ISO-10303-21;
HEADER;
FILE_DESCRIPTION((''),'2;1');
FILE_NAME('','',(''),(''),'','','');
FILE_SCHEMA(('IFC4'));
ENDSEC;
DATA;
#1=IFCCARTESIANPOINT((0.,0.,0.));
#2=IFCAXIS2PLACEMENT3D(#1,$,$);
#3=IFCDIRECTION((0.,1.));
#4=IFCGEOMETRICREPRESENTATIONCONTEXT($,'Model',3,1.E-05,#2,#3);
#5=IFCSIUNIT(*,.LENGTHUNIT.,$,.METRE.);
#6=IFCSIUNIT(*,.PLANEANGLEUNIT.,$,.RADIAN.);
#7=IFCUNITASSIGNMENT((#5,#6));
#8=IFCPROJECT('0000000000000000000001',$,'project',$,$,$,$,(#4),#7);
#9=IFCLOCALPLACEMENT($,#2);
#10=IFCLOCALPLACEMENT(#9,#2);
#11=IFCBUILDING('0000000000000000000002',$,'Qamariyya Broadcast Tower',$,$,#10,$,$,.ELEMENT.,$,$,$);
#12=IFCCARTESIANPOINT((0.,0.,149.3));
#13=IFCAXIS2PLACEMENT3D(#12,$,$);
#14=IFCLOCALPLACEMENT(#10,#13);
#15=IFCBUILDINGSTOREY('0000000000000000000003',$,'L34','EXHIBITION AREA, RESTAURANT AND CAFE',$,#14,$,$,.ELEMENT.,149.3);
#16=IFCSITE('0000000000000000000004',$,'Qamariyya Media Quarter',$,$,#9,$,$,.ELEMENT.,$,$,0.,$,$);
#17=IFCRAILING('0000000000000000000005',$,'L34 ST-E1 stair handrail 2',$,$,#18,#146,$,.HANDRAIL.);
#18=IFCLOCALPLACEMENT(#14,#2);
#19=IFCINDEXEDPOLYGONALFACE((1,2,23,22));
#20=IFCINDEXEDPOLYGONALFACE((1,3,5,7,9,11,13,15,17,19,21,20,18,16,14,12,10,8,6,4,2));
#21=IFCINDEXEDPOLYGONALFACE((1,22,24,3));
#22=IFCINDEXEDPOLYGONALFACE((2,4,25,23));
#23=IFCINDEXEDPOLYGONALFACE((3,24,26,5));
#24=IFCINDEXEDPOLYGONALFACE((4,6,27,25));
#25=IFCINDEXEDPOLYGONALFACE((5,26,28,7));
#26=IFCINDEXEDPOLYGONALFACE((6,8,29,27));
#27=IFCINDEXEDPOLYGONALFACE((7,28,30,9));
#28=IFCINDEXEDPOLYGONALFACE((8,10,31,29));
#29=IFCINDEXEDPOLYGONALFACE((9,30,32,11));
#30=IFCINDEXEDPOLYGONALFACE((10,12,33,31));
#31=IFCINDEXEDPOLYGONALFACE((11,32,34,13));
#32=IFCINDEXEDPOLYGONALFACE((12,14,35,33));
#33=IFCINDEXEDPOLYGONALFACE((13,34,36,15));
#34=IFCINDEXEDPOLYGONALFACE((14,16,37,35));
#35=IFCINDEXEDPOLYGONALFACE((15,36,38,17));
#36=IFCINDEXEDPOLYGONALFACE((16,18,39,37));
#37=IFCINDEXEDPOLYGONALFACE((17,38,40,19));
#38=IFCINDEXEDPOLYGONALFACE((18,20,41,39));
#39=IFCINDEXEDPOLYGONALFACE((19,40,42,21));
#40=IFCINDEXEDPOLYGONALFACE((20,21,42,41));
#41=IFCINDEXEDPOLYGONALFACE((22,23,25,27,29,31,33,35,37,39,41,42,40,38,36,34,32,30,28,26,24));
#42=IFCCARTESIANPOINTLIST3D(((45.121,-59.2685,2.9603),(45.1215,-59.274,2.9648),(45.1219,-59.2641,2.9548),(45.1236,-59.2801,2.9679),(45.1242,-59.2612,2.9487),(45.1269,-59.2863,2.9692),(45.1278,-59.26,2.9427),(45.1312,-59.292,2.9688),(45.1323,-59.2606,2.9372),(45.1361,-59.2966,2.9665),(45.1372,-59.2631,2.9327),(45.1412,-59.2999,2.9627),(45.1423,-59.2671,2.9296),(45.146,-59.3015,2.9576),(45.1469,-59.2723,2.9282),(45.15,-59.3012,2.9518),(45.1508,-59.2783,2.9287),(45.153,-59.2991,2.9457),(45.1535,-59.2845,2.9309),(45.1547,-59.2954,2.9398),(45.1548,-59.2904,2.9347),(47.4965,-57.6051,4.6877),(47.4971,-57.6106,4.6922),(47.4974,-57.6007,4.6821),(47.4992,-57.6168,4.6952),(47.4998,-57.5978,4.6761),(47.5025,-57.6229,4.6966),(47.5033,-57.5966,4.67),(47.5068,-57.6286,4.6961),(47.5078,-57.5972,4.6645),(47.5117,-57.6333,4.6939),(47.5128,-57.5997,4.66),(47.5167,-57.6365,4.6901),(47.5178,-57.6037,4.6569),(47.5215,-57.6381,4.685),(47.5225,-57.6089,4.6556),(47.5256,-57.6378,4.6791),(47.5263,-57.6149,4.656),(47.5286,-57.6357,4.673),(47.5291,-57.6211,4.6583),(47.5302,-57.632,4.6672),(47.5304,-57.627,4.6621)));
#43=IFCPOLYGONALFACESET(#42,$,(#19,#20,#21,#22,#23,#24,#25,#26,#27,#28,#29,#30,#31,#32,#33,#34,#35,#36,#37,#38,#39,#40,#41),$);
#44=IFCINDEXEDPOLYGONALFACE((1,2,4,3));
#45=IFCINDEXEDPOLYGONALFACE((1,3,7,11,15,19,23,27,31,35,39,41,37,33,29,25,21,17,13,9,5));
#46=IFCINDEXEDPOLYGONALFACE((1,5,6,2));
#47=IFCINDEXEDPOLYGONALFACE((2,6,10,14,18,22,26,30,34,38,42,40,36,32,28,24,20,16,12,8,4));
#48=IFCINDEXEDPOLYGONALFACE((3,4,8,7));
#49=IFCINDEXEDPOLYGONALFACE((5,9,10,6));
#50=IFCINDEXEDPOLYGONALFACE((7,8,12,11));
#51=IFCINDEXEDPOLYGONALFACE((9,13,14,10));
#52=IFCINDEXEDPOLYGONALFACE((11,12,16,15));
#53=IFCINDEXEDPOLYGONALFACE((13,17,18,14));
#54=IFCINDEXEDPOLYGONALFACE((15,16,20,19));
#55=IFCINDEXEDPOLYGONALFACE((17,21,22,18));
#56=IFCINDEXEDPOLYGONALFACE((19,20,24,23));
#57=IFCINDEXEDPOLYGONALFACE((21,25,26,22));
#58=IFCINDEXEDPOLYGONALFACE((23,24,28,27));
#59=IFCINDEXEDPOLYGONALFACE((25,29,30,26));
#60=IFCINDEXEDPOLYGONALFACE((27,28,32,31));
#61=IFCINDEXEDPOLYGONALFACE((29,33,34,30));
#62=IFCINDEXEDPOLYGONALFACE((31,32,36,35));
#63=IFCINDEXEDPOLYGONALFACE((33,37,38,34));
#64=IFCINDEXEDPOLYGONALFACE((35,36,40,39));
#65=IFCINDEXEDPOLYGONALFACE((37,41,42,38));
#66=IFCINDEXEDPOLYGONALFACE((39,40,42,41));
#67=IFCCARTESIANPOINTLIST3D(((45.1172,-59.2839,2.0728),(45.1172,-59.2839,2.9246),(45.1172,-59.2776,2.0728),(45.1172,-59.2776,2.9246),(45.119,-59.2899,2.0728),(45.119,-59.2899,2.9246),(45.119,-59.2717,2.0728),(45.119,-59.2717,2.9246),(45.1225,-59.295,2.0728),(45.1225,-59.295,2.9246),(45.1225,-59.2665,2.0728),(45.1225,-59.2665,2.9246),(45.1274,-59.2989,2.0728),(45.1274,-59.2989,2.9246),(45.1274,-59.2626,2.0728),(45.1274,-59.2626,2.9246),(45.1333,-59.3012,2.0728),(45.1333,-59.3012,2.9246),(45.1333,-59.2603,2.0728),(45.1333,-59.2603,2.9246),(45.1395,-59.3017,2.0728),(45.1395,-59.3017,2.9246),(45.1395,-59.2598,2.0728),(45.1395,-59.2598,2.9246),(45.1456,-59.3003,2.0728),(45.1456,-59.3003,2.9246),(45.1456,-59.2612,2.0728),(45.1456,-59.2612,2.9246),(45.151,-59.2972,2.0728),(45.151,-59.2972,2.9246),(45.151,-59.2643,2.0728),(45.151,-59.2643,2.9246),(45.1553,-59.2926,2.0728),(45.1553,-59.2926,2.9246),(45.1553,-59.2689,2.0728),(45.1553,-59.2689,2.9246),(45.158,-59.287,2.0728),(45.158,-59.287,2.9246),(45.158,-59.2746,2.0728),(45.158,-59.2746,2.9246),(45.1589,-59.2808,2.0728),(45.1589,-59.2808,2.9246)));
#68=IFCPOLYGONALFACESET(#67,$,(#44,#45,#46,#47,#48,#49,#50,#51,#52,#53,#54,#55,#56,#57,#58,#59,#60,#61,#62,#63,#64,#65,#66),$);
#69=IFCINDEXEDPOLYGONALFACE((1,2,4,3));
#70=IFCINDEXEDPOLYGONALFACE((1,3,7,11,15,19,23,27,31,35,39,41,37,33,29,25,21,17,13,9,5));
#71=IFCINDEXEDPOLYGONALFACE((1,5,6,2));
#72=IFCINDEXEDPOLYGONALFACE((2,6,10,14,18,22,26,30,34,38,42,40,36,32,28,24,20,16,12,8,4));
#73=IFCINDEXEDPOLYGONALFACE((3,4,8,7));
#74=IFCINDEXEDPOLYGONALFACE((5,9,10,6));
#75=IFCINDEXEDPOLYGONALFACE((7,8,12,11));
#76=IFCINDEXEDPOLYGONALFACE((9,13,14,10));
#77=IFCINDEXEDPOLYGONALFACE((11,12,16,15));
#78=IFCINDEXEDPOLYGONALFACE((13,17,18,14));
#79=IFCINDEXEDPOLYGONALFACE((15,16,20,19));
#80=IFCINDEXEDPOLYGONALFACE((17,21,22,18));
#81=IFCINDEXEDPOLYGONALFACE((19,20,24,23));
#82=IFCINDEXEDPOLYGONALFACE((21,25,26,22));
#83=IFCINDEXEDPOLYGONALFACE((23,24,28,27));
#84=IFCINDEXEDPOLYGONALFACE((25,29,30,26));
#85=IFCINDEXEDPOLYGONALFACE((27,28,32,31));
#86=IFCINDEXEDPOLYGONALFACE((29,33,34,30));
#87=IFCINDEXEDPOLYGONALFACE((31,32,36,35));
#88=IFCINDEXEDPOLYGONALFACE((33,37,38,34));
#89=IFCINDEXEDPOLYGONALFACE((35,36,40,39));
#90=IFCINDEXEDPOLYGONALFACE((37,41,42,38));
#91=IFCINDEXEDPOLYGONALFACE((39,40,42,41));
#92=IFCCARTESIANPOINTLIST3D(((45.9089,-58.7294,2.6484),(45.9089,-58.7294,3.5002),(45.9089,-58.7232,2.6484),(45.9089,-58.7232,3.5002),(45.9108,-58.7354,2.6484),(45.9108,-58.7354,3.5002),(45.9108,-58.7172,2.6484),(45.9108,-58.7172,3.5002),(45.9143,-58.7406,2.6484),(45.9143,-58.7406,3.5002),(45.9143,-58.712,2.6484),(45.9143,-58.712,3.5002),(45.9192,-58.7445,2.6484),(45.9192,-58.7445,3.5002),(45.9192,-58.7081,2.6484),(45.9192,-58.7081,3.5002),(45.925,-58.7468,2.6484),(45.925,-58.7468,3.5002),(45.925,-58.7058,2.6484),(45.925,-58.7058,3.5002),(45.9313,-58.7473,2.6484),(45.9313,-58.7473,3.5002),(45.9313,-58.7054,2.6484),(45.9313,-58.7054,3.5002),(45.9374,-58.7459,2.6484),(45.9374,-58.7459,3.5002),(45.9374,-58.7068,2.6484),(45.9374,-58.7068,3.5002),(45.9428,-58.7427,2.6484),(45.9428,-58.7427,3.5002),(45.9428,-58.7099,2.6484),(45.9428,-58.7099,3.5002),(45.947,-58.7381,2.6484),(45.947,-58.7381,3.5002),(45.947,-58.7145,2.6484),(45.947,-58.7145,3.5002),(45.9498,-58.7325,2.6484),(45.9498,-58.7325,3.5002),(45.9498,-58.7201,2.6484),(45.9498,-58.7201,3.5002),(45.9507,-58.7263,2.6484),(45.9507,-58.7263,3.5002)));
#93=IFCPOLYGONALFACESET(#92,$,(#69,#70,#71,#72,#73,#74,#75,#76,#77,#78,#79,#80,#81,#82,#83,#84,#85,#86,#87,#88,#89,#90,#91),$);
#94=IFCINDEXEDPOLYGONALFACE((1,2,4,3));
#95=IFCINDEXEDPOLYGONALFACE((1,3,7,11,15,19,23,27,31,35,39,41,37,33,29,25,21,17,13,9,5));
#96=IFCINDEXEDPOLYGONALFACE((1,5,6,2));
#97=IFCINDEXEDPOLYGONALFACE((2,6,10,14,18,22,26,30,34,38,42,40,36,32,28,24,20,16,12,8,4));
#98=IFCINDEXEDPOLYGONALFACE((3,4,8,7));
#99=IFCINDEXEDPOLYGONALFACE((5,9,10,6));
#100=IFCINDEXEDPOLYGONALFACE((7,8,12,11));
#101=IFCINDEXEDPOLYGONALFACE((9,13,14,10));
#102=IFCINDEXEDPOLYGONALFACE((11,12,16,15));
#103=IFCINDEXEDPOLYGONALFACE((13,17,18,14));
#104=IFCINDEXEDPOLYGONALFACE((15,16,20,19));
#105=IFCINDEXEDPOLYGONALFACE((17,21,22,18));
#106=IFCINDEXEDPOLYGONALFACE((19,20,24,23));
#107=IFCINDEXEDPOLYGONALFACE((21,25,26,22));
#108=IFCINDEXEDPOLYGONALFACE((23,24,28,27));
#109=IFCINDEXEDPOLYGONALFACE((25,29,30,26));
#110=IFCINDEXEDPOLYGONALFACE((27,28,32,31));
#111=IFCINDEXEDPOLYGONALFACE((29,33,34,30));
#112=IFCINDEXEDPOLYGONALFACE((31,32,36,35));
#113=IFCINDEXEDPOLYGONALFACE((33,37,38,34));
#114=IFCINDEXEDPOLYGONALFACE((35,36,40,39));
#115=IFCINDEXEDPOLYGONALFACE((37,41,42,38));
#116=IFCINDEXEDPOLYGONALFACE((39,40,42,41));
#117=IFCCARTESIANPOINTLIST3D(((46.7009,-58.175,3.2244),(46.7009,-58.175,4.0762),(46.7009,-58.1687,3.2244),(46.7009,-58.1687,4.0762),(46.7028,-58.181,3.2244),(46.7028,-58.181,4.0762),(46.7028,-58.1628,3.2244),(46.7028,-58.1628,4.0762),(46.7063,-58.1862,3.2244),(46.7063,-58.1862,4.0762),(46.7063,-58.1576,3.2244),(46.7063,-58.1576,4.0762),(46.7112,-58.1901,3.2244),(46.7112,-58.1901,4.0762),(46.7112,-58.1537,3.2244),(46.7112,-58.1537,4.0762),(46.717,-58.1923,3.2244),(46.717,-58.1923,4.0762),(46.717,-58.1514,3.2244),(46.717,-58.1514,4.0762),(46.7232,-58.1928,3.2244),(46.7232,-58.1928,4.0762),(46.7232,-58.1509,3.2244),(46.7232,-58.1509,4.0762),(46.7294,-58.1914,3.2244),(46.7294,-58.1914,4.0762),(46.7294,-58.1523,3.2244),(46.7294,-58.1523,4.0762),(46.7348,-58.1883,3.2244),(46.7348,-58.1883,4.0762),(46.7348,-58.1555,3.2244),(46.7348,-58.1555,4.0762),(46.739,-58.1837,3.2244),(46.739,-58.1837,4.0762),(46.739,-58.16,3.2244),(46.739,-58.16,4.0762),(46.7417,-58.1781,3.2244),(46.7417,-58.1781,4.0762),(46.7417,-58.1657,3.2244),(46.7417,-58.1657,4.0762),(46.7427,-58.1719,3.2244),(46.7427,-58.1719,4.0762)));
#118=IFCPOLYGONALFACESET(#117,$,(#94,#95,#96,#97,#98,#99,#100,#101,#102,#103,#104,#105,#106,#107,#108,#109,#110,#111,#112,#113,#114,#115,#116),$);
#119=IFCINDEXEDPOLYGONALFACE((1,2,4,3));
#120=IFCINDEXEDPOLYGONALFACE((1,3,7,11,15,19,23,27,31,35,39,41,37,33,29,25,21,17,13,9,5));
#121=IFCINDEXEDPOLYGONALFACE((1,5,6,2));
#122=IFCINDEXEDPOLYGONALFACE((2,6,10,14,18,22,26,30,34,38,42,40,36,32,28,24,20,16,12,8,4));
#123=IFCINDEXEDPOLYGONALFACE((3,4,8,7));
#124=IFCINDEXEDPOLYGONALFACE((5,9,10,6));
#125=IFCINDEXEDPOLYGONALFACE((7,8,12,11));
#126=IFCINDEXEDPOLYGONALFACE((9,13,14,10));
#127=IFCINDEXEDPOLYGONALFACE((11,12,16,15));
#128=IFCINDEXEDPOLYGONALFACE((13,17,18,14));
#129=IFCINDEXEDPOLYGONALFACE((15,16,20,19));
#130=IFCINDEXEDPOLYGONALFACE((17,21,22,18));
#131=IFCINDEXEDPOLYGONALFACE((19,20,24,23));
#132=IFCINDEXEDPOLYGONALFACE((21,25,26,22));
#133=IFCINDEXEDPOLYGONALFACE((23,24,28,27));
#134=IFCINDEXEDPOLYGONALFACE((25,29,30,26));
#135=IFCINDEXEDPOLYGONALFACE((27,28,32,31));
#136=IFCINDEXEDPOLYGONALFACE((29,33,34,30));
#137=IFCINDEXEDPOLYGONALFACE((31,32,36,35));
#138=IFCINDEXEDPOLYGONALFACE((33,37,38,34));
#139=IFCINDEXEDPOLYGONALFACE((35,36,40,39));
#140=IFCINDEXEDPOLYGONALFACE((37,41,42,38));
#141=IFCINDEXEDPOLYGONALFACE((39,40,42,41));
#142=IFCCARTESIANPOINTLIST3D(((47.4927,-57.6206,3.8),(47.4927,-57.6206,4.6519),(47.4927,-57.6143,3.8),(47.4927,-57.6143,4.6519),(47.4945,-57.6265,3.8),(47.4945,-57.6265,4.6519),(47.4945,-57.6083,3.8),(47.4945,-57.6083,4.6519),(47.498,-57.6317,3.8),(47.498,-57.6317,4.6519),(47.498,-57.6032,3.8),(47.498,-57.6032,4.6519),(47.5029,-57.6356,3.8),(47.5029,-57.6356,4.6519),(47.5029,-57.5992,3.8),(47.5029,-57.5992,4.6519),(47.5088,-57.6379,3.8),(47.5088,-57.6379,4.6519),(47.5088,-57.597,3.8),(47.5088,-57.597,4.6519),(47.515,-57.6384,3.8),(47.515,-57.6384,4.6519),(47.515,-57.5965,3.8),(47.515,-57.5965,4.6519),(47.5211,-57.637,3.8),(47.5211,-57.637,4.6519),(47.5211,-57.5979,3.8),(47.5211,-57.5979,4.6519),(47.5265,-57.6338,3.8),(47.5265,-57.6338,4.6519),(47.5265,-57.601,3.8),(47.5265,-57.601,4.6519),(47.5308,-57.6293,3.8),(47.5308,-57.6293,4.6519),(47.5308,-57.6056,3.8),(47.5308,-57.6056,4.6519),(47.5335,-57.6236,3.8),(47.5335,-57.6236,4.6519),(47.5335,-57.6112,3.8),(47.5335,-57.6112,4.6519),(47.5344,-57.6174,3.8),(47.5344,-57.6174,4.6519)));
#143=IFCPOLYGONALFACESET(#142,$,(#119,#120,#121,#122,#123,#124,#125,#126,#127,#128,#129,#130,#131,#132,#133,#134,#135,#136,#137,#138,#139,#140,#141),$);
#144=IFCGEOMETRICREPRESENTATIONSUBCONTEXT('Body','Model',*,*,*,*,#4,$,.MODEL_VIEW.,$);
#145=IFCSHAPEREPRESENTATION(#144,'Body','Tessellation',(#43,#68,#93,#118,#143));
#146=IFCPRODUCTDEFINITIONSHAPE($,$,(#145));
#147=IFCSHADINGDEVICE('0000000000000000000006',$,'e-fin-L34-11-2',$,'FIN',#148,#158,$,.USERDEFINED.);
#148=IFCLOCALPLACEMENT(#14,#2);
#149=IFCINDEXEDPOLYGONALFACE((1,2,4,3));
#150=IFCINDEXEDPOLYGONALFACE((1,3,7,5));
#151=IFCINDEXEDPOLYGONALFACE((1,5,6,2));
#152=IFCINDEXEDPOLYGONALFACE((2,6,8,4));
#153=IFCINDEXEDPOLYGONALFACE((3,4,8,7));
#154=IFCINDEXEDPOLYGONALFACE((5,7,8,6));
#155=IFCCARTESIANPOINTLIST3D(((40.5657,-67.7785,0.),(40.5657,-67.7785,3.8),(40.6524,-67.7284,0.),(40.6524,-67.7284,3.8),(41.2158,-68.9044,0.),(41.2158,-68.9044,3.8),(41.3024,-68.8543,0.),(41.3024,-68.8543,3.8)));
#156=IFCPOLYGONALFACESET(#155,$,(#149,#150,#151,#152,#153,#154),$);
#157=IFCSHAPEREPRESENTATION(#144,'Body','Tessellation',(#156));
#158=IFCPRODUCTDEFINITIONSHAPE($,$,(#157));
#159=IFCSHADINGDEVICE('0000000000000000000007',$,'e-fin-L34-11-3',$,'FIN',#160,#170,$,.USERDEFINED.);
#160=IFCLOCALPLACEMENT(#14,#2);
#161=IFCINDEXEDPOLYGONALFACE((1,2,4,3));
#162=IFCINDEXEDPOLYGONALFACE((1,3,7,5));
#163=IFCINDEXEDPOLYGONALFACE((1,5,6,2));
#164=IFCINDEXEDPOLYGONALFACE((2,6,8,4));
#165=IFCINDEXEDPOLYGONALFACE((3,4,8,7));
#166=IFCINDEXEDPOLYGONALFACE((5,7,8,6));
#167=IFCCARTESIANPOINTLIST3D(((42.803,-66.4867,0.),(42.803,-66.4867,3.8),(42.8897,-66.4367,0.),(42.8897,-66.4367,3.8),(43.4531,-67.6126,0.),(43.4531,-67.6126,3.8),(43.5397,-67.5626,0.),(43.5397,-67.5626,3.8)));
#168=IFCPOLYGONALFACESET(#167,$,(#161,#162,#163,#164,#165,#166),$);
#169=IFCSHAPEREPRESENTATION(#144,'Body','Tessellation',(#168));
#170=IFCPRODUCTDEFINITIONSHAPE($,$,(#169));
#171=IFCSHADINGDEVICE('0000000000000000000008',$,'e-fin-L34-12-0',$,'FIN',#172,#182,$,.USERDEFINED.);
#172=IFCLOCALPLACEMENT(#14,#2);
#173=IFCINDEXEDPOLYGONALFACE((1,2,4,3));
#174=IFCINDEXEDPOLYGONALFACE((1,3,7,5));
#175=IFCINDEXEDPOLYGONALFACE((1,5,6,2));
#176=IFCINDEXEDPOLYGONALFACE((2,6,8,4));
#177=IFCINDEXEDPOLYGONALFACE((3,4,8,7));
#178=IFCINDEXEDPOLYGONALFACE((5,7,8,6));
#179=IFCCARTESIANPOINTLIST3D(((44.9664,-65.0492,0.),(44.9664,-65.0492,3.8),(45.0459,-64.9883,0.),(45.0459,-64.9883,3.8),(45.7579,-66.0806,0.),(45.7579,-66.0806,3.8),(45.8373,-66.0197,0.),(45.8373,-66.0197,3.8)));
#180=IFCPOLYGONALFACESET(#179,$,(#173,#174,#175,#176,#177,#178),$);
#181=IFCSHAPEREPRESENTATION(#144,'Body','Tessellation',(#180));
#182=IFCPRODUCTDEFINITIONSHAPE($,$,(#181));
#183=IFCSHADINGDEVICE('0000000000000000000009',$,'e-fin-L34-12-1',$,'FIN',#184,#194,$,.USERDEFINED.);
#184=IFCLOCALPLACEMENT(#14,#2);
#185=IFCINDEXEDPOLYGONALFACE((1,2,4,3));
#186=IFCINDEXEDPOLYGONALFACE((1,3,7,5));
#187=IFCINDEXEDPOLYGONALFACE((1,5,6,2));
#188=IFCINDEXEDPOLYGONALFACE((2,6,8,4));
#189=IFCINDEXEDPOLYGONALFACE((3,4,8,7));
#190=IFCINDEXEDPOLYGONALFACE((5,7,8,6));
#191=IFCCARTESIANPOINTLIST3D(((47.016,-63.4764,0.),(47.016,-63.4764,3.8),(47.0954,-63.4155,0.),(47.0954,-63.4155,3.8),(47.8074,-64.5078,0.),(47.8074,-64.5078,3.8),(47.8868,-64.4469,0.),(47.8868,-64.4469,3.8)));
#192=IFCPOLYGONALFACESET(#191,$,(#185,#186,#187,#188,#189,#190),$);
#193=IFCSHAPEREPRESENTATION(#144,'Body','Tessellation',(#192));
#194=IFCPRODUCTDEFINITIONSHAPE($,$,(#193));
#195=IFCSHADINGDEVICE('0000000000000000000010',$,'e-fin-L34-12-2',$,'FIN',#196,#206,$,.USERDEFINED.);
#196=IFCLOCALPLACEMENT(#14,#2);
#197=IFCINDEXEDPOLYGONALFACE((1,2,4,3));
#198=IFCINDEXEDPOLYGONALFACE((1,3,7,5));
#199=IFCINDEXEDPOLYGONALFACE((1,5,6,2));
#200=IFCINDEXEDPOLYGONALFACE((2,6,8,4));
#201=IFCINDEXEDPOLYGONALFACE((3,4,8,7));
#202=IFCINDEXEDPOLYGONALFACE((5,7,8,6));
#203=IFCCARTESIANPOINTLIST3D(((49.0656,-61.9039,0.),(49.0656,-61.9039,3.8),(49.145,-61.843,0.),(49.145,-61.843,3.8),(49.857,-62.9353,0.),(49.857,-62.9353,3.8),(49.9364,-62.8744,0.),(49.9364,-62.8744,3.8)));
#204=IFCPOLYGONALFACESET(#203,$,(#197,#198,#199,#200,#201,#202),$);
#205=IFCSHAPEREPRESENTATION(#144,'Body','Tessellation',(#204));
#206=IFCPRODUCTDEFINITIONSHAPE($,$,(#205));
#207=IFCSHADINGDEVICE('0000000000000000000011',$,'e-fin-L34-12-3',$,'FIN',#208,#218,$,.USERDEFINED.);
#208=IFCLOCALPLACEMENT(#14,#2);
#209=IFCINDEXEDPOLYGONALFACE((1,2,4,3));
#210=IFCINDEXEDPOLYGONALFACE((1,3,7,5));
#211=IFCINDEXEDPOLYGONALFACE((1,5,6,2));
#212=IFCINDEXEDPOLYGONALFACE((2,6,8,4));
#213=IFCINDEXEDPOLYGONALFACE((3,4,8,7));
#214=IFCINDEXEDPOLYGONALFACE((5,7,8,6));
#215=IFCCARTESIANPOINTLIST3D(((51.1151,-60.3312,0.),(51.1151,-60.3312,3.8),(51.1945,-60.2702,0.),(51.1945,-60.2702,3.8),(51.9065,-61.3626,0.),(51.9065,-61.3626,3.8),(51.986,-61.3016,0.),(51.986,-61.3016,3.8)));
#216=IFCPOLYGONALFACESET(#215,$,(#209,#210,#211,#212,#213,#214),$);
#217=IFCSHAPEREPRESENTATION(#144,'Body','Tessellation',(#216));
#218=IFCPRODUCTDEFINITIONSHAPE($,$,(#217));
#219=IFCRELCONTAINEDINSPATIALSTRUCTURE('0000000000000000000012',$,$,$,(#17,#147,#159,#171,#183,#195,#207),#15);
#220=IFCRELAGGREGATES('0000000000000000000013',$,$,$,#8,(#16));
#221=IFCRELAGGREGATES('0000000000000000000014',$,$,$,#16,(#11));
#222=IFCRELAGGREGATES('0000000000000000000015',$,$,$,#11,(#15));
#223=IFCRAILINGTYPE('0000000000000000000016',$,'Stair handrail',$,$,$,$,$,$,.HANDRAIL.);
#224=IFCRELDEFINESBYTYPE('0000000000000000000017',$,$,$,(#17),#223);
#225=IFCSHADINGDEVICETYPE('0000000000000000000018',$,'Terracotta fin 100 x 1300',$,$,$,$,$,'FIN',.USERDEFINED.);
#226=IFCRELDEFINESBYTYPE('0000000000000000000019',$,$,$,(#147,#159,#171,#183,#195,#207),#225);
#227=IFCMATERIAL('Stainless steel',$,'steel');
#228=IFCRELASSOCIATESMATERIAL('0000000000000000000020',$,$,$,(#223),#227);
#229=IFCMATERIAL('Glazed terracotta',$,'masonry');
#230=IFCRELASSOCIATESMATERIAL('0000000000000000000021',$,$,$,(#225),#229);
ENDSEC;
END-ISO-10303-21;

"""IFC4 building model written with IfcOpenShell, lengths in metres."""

from ifc_helpers import new_model, si_unit, direction, frame, origin, origin_2d, place, context, subcontext, project, spatial, rectangle, circle, extrude, material, material_profile, profile_set, type_object, element, save


model = new_model("IFC4")

# Units and contexts
model_context = context("Model", 3, precision=1e-05, world=origin(), true_north=direction((0.0, 1.0)))
body_context = subcontext(model_context, "Body", "Model", "MODEL_VIEW")
ifc_project = project(units=[si_unit("LENGTHUNIT", "METRE"), si_unit("PLANEANGLEUNIT", "RADIAN")], contexts=[model_context])

# Site, building, storey
site_placement = place(None, origin())
site = spatial("IfcSite", under=ifc_project, at=site_placement, Name="Qamariyya Media Quarter", CompositionType="ELEMENT", RefElevation=0.0)
building_placement = place(site_placement, origin())
building = spatial("IfcBuilding", under=site, at=building_placement, Name="Qamariyya Broadcast Tower", CompositionType="ELEMENT")
storey_placement = place(building_placement, frame((0.0, 0.0, 149.3)))
storey = spatial("IfcBuildingStorey", under=building, at=storey_placement, Name="L34", Description="EXHIBITION AREA, RESTAURANT AND CAFE", CompositionType="ELEMENT", Elevation=149.3)

# Railing
ifc_material_1 = material(Name="Stainless steel", Category="steel")
railing_type_1 = type_object("IfcRailingType", Name="Stair handrail", PredefinedType="HANDRAIL", material=ifc_material_1)
railing_1_placement = place(storey_placement, frame((45.1379, -59.2808, 2.0728)))
element("IfcRailing", 1, at=railing_1_placement, inside=storey, type_object=railing_type_1, Name="L34 ST-E1 stair handrail 2", PredefinedType="HANDRAIL", context=body_context, shape_type="SweptSolid", body=[
    extrude(circle(Radius=0.0239, at=origin_2d()), frame((0.0, 0.0, 0.876), z_axis=(0.70377, 0.492784, 0.511734), x_axis=(-0.573575, 0.819153, 0.0)), (0.0, 0.0, 1.0), 3.3755),
    extrude(circle(Radius=0.021, at=origin_2d()), origin(), (0.0, 0.0, 1.0), 0.8518),
    extrude(circle(Radius=0.021, at=origin_2d()), frame((0.7917, 0.5544, 0.5757)), (0.0, 0.0, 1.0), 0.8518),
    extrude(circle(Radius=0.021, at=origin_2d()), frame((1.5837, 1.1089, 1.1516)), (0.0, 0.0, 1.0), 0.8518),
    extrude(circle(Radius=0.021, at=origin_2d()), frame((2.3755, 1.6633, 1.7273)), (0.0, 0.0, 1.0), 0.8518),
])

# Shading devices
ifc_material_2 = material(Name="Glazed terracotta", Category="masonry")
ifc_material_profile_1 = material_profile(ifc_material_2, rectangle(XDim=1.3, YDim=0.1001, at=origin_2d()))
ifc_profile_set_1 = profile_set([ifc_material_profile_1], Name="Glazed terracotta")
shading_device_type_1 = type_object("IfcShadingDeviceType", Name="Terracotta fin 100 x 1300", ElementType="FIN", PredefinedType="USERDEFINED", material=ifc_profile_set_1)
for number, where, z_axis, x_axis, name in (
    (2, (40.9341, -68.3164, 0.0), (0.0, 0.0, 1.0), (0.5, -0.866025, 0.0), "e-fin-L34-11-2"),
    (3, (43.1714, -67.0247, 0.0), (0.0, 0.0, 1.0), (0.5, -0.866025, 0.0), "e-fin-L34-11-3"),
    (4, (45.4019, -65.5344, 0.0), (0.0, 0.0, 1.0), (0.608761, -0.793353, 0.0), "e-fin-L34-12-0"),
    (5, (47.4514, -63.9617, 0.0), (0.0, 0.0, 1.0), (0.608761, -0.793353, 0.0), "e-fin-L34-12-1"),
    (6, (49.501, -62.3892, 0.0), (0.0, 0.0, 1.0), (0.608761, -0.793353, 0.0), "e-fin-L34-12-2"),
    (7, (51.5505, -60.8164, 0.0), (0.0, 0.0, 1.0), (0.608761, -0.793353, 0.0), "e-fin-L34-12-3"),
):
    element("IfcShadingDevice", number, at=place(storey_placement, frame(where, z_axis=z_axis, x_axis=x_axis)), inside=storey, type_object=shading_device_type_1, Name=name, ObjectType="FIN", PredefinedType="USERDEFINED", context=body_context, shape_type="SweptSolid", body=[
        extrude(rectangle(XDim=1.3, YDim=0.1001, at=origin_2d()), origin(), (0.0, 0.0, 1.0), 3.8),
    ])

save(model, "model.ifc")
